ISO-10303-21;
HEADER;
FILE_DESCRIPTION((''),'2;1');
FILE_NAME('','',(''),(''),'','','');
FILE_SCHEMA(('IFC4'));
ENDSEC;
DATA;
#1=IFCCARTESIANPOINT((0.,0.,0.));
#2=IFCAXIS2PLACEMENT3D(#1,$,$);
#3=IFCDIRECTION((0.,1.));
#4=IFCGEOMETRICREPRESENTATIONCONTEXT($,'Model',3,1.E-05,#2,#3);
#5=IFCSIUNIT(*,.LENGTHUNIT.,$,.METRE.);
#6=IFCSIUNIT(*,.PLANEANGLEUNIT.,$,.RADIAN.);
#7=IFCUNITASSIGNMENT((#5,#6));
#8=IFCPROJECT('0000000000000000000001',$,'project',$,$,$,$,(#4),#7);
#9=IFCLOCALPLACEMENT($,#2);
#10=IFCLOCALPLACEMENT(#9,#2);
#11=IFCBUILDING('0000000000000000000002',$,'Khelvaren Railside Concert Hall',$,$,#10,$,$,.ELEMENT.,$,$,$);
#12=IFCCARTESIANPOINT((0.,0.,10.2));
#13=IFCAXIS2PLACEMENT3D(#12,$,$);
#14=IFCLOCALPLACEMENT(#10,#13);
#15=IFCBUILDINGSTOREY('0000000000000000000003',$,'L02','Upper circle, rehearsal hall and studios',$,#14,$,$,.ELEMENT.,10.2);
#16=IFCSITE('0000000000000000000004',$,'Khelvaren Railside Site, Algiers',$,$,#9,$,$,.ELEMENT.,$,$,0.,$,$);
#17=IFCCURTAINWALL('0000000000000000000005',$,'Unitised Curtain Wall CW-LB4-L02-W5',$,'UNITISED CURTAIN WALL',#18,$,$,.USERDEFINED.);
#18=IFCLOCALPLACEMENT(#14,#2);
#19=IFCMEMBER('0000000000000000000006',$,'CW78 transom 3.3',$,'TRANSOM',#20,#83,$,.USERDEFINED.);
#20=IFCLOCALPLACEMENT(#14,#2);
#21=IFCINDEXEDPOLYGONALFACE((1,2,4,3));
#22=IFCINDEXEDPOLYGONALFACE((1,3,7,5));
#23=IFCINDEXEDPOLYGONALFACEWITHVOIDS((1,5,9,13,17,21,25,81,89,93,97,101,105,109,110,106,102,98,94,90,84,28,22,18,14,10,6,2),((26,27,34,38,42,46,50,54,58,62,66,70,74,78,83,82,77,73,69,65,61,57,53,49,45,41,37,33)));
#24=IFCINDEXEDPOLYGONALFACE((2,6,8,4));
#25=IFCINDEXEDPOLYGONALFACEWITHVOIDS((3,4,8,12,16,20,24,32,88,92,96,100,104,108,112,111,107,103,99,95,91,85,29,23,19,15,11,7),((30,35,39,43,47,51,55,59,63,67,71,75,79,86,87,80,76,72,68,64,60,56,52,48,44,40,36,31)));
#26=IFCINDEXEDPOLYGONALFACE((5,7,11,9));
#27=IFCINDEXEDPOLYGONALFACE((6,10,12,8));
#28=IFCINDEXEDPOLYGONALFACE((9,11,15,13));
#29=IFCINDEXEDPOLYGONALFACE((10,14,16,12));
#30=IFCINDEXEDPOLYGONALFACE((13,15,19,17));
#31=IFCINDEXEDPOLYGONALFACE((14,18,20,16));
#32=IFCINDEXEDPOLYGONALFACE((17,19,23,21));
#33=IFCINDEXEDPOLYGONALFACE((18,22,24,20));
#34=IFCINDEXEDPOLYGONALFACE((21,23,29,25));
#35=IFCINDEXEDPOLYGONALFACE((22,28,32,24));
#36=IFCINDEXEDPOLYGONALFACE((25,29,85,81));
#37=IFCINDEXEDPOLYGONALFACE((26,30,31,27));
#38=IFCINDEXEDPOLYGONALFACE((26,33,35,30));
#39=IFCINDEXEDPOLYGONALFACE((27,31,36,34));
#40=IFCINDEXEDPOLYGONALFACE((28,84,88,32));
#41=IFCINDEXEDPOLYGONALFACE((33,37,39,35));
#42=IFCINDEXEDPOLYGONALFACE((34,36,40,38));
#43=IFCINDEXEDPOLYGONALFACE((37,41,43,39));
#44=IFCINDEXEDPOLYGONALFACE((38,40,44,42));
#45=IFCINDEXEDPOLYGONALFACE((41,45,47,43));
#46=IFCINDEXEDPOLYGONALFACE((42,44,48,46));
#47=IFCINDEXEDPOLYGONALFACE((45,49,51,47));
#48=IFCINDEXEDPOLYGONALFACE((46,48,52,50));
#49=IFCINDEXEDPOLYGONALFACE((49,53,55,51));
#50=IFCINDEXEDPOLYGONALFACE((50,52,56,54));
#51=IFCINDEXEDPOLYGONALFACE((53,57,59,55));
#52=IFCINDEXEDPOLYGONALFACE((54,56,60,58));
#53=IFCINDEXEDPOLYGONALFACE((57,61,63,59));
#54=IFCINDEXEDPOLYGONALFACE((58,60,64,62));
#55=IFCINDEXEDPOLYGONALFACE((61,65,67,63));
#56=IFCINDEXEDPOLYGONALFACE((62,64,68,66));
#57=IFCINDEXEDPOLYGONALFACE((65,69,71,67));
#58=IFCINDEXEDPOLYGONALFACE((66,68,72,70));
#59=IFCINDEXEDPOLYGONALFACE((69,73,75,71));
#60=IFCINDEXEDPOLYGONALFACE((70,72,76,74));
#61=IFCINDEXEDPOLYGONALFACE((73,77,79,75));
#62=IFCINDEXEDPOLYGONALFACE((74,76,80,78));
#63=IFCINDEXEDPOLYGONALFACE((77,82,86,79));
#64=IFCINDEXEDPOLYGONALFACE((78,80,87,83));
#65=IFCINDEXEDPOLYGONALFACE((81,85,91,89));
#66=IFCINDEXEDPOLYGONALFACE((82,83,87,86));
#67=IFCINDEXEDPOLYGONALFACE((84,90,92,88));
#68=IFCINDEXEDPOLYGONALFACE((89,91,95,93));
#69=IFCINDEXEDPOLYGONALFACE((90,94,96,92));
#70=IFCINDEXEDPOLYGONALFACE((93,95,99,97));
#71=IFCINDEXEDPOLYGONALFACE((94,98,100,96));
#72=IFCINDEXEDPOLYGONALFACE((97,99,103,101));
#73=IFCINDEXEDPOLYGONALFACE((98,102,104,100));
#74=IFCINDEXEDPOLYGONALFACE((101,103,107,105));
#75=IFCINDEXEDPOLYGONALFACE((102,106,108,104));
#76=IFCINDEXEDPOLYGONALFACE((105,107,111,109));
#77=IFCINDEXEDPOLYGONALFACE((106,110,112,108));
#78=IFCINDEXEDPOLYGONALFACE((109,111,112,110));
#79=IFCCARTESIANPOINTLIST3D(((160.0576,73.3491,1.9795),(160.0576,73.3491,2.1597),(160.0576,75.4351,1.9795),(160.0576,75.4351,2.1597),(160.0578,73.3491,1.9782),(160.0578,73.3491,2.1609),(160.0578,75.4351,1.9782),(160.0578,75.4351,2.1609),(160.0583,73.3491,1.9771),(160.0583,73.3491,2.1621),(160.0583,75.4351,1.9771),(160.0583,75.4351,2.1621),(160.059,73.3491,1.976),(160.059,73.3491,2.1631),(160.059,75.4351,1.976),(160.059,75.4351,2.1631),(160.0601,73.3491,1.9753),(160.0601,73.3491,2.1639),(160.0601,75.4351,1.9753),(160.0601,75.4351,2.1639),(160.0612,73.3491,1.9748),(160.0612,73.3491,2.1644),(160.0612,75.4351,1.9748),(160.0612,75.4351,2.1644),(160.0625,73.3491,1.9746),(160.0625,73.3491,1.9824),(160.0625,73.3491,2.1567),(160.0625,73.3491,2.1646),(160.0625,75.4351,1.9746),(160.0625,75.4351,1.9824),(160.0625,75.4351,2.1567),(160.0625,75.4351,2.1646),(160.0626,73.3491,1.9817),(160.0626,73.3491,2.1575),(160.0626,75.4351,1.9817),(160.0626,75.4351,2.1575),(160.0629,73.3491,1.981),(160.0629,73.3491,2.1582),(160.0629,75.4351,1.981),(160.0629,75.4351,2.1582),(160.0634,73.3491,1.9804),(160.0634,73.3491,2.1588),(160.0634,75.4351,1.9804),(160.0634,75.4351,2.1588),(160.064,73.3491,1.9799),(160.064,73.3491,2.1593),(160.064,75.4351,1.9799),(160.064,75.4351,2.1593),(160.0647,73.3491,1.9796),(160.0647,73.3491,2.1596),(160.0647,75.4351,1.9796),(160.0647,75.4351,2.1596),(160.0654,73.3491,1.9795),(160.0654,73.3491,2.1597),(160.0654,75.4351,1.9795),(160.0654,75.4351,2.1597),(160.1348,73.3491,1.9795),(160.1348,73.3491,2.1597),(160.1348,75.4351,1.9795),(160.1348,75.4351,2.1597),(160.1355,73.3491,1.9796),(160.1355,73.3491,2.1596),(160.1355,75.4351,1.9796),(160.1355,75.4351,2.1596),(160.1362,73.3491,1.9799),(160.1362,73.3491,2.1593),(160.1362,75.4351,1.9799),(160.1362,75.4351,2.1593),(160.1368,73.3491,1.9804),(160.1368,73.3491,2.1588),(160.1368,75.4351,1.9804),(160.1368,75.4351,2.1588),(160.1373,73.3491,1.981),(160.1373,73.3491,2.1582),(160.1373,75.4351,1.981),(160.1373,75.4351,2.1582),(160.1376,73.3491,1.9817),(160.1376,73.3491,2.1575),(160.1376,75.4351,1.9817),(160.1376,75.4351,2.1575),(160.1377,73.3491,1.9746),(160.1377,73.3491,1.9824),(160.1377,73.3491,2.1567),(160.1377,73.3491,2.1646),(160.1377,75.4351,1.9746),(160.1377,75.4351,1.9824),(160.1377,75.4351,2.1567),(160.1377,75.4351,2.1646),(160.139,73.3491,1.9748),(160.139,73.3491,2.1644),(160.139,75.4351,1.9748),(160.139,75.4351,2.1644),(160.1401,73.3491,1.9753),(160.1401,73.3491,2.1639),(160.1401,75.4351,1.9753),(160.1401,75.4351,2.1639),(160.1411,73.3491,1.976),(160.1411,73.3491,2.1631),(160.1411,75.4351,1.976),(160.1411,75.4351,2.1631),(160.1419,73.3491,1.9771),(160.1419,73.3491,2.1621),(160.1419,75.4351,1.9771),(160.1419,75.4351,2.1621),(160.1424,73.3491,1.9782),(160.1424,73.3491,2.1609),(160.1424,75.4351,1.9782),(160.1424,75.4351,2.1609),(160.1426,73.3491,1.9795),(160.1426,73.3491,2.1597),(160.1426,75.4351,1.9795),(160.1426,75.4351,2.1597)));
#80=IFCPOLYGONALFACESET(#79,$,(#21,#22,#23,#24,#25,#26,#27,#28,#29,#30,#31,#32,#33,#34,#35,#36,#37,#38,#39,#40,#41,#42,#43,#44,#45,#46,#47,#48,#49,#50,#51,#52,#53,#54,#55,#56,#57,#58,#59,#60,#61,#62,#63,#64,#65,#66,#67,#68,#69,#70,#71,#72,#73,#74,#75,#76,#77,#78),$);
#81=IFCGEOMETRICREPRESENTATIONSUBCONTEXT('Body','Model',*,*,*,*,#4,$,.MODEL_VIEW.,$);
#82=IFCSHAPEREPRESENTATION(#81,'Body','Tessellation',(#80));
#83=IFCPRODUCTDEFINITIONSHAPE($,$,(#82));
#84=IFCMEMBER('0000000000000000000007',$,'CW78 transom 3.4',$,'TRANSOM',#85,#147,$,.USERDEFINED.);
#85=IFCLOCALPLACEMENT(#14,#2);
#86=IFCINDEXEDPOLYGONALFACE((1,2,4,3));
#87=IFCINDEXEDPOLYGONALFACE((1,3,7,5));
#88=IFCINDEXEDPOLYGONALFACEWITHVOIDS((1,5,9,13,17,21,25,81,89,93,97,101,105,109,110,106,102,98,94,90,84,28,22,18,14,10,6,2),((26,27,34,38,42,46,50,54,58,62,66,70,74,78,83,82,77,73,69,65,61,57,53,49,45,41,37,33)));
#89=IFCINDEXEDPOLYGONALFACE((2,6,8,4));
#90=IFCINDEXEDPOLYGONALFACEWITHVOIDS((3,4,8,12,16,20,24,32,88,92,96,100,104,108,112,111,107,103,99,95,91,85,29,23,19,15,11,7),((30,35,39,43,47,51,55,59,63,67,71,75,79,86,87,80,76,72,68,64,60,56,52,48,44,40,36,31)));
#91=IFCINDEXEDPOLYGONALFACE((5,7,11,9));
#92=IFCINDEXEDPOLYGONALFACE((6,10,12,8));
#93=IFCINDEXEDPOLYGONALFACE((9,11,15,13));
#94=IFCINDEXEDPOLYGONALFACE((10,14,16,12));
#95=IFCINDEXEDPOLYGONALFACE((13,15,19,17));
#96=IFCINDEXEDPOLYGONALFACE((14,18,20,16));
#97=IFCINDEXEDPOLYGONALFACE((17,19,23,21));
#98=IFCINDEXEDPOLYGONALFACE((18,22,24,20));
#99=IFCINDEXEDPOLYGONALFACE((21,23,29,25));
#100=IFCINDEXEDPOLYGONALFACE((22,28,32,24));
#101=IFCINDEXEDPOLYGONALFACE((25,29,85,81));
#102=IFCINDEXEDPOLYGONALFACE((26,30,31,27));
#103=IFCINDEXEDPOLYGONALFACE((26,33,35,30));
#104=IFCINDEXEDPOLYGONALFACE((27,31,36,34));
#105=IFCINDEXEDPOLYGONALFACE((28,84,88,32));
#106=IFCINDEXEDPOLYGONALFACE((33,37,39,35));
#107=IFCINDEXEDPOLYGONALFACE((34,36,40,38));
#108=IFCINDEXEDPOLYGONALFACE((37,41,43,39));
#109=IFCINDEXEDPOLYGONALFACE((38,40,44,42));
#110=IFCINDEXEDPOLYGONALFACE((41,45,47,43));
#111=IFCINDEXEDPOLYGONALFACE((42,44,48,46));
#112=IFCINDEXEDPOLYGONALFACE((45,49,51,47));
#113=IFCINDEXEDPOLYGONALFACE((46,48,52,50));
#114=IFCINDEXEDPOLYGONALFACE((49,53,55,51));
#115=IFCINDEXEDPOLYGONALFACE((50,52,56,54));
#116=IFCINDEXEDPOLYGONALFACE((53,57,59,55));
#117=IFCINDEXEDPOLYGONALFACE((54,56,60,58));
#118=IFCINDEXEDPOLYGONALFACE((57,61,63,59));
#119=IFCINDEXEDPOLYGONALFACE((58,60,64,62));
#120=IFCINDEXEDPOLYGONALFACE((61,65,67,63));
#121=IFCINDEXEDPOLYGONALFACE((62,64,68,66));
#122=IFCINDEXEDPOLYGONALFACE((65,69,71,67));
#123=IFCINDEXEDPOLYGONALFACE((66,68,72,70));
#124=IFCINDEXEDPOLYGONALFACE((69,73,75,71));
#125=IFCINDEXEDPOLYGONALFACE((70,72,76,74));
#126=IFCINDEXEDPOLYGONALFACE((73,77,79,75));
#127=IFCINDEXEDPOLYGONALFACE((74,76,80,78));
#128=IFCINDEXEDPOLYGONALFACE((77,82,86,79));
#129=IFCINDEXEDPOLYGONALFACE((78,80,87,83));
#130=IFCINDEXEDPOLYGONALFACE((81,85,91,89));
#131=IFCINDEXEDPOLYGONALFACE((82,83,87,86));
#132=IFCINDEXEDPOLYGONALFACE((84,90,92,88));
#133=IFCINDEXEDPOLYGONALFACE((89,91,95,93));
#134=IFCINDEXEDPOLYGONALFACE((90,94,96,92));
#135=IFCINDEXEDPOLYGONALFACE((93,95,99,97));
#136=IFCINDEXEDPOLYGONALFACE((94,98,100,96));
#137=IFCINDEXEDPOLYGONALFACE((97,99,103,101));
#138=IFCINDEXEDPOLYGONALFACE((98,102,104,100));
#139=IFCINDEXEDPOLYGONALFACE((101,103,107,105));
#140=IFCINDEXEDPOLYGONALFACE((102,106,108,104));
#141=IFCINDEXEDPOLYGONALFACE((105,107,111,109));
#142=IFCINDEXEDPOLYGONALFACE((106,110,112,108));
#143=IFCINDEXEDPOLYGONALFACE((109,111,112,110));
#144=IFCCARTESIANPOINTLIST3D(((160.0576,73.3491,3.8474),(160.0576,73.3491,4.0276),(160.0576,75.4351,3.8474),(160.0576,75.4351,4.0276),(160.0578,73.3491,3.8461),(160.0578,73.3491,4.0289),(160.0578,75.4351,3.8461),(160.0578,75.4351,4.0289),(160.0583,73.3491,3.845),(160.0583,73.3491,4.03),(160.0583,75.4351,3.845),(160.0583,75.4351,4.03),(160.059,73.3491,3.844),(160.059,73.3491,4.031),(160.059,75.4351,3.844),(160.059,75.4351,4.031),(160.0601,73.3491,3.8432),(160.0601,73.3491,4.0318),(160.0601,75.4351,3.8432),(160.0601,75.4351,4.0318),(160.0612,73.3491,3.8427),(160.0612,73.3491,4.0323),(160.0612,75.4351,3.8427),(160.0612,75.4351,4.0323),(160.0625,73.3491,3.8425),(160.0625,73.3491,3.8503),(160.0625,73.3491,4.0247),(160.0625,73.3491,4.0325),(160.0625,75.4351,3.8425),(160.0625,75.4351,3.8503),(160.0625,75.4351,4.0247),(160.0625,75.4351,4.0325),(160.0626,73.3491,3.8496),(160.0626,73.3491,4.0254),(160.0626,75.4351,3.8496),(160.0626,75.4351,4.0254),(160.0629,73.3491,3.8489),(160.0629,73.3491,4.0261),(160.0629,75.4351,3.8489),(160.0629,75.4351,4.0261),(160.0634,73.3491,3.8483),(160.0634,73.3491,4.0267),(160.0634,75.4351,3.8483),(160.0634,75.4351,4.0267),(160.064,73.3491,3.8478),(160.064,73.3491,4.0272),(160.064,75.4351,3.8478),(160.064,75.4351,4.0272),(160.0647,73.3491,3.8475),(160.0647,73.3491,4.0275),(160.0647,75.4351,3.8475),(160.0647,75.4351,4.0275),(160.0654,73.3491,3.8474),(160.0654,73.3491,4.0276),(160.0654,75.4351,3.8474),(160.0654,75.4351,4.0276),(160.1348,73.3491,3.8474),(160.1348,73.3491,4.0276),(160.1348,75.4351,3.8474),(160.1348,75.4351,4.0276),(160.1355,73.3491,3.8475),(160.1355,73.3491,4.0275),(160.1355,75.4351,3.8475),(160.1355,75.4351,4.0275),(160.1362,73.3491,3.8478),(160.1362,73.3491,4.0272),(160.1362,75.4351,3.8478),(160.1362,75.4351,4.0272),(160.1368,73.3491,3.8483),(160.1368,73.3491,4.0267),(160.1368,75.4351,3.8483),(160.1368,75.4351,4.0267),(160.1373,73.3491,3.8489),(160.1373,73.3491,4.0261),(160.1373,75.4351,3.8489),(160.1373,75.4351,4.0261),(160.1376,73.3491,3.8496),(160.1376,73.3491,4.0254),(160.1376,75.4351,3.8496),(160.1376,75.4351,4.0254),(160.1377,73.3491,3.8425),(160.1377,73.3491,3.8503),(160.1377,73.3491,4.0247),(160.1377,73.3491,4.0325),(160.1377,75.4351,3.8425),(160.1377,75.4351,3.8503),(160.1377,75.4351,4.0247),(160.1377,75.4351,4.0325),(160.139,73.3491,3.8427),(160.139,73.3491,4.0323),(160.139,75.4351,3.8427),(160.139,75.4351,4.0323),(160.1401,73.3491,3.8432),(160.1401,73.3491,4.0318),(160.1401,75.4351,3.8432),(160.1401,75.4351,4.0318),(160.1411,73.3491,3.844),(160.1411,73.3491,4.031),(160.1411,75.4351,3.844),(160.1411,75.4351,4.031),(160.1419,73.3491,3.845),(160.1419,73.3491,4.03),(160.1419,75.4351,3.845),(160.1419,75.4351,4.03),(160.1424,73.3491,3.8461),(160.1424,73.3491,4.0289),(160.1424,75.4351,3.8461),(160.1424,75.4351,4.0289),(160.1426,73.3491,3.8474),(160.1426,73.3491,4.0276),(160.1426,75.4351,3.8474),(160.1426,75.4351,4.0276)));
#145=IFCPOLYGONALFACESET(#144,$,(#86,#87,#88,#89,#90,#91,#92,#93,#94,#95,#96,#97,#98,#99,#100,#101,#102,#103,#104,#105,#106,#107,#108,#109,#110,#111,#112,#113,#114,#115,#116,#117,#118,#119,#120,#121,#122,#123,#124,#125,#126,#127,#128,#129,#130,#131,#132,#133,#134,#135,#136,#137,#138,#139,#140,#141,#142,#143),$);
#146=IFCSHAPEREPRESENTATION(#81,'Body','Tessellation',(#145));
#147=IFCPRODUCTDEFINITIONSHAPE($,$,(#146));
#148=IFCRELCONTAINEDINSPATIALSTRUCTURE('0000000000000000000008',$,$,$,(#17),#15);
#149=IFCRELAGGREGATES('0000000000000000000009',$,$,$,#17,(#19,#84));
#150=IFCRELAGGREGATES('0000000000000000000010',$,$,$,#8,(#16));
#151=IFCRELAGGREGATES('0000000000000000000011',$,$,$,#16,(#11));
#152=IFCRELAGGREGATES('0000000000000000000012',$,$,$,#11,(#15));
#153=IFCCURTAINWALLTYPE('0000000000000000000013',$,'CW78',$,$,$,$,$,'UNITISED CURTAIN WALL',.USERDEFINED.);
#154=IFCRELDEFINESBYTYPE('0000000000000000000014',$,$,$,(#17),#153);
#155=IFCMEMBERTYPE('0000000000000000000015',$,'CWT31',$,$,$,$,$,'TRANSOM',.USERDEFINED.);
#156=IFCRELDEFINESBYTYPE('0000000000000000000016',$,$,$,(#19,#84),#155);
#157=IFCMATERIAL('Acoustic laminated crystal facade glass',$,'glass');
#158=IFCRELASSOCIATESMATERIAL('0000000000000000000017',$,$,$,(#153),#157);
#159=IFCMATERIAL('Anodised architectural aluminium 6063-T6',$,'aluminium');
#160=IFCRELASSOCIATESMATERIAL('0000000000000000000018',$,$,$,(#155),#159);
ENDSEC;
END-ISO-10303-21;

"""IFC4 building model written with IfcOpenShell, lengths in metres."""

from ifc_helpers import new_model, si_unit, direction, frame, origin, origin_2d, place, context, subcontext, project, spatial, hollow_rectangle, extrude, material, material_profile, profile_set, type_object, element, aggregate, save


model = new_model("IFC4")

# Units and contexts
model_context = context("Model", 3, precision=1e-05, world=origin(), true_north=direction((0.0, 1.0)))
body_context = subcontext(model_context, "Body", "Model", "MODEL_VIEW")
ifc_project = project(units=[si_unit("LENGTHUNIT", "METRE"), si_unit("PLANEANGLEUNIT", "RADIAN")], contexts=[model_context])

# Site, building, storey
site_placement = place(None, origin())
site = spatial("IfcSite", under=ifc_project, at=site_placement, Name="Khelvaren Railside Site, Algiers", CompositionType="ELEMENT", RefElevation=0.0)
building_placement = place(site_placement, origin())
building = spatial("IfcBuilding", under=site, at=building_placement, Name="Khelvaren Railside Concert Hall", CompositionType="ELEMENT")
storey_placement = place(building_placement, frame((0.0, 0.0, 10.2)))
storey = spatial("IfcBuildingStorey", under=building, at=storey_placement, Name="L02", Description="Upper circle, rehearsal hall and studios", CompositionType="ELEMENT", Elevation=10.2)

# Curtain wall
ifc_material_1 = material(Name="Anodised architectural aluminium 6063-T6", Category="aluminium")
ifc_material_2 = material(Name="Acoustic laminated crystal facade glass", Category="glass")
curtain_wall_type_1 = type_object("IfcCurtainWallType", Name="CW78", ElementType="UNITISED CURTAIN WALL", PredefinedType="USERDEFINED", material=ifc_material_2)
curtain_wall_1_placement = place(storey_placement, origin())
curtain_wall_1 = element("IfcCurtainWall", 1, at=curtain_wall_1_placement, inside=storey, type_object=curtain_wall_type_1, Name="Unitised Curtain Wall CW-LB4-L02-W5", ObjectType="UNITISED CURTAIN WALL", PredefinedType="USERDEFINED")

# Members
ifc_material_profile_1 = material_profile(ifc_material_1, hollow_rectangle(XDim=0.085, YDim=0.1899, WallThickness=0.0049, InnerFilletRadius=0.0029, OuterFilletRadius=0.0049, at=origin_2d()), Name="CWT 85x190x5")
ifc_profile_set_1 = profile_set([ifc_material_profile_1], Name="Anodised architectural aluminium 6063-T6")
member_type_1 = type_object("IfcMemberType", Name="CWT31", ElementType="TRANSOM", PredefinedType="USERDEFINED", material=ifc_profile_set_1)
member_1_placement = place(storey_placement, frame((160.1001, 73.3491, 2.0696), z_axis=(0.0, 1.0, 0.0), x_axis=(-1.0, 0.0, 0.0)))
member_1 = element("IfcMember", 2, at=member_1_placement, type_object=member_type_1, Name="CW78 transom 3.3", ObjectType="TRANSOM", PredefinedType="USERDEFINED", context=body_context, shape_type="SweptSolid", body=[
    extrude(hollow_rectangle(XDim=0.085, YDim=0.1899, WallThickness=0.0049, InnerFilletRadius=0.0029, OuterFilletRadius=0.0049, at=origin_2d()), origin(), (0.0, 0.0, 1.0), 2.0859),
])
member_2_placement = place(storey_placement, frame((160.1001, 73.3491, 3.9375), z_axis=(0.0, 1.0, 0.0), x_axis=(-1.0, 0.0, 0.0)))
member_2 = element("IfcMember", 3, at=member_2_placement, type_object=member_type_1, Name="CW78 transom 3.4", ObjectType="TRANSOM", PredefinedType="USERDEFINED", context=body_context, shape_type="SweptSolid", body=[
    extrude(hollow_rectangle(XDim=0.085, YDim=0.1899, WallThickness=0.0049, InnerFilletRadius=0.0029, OuterFilletRadius=0.0049, at=origin_2d()), origin(), (0.0, 0.0, 1.0), 2.0859),
])

aggregate(curtain_wall_1, [member_1, member_2])

save(model, "model.ifc")
